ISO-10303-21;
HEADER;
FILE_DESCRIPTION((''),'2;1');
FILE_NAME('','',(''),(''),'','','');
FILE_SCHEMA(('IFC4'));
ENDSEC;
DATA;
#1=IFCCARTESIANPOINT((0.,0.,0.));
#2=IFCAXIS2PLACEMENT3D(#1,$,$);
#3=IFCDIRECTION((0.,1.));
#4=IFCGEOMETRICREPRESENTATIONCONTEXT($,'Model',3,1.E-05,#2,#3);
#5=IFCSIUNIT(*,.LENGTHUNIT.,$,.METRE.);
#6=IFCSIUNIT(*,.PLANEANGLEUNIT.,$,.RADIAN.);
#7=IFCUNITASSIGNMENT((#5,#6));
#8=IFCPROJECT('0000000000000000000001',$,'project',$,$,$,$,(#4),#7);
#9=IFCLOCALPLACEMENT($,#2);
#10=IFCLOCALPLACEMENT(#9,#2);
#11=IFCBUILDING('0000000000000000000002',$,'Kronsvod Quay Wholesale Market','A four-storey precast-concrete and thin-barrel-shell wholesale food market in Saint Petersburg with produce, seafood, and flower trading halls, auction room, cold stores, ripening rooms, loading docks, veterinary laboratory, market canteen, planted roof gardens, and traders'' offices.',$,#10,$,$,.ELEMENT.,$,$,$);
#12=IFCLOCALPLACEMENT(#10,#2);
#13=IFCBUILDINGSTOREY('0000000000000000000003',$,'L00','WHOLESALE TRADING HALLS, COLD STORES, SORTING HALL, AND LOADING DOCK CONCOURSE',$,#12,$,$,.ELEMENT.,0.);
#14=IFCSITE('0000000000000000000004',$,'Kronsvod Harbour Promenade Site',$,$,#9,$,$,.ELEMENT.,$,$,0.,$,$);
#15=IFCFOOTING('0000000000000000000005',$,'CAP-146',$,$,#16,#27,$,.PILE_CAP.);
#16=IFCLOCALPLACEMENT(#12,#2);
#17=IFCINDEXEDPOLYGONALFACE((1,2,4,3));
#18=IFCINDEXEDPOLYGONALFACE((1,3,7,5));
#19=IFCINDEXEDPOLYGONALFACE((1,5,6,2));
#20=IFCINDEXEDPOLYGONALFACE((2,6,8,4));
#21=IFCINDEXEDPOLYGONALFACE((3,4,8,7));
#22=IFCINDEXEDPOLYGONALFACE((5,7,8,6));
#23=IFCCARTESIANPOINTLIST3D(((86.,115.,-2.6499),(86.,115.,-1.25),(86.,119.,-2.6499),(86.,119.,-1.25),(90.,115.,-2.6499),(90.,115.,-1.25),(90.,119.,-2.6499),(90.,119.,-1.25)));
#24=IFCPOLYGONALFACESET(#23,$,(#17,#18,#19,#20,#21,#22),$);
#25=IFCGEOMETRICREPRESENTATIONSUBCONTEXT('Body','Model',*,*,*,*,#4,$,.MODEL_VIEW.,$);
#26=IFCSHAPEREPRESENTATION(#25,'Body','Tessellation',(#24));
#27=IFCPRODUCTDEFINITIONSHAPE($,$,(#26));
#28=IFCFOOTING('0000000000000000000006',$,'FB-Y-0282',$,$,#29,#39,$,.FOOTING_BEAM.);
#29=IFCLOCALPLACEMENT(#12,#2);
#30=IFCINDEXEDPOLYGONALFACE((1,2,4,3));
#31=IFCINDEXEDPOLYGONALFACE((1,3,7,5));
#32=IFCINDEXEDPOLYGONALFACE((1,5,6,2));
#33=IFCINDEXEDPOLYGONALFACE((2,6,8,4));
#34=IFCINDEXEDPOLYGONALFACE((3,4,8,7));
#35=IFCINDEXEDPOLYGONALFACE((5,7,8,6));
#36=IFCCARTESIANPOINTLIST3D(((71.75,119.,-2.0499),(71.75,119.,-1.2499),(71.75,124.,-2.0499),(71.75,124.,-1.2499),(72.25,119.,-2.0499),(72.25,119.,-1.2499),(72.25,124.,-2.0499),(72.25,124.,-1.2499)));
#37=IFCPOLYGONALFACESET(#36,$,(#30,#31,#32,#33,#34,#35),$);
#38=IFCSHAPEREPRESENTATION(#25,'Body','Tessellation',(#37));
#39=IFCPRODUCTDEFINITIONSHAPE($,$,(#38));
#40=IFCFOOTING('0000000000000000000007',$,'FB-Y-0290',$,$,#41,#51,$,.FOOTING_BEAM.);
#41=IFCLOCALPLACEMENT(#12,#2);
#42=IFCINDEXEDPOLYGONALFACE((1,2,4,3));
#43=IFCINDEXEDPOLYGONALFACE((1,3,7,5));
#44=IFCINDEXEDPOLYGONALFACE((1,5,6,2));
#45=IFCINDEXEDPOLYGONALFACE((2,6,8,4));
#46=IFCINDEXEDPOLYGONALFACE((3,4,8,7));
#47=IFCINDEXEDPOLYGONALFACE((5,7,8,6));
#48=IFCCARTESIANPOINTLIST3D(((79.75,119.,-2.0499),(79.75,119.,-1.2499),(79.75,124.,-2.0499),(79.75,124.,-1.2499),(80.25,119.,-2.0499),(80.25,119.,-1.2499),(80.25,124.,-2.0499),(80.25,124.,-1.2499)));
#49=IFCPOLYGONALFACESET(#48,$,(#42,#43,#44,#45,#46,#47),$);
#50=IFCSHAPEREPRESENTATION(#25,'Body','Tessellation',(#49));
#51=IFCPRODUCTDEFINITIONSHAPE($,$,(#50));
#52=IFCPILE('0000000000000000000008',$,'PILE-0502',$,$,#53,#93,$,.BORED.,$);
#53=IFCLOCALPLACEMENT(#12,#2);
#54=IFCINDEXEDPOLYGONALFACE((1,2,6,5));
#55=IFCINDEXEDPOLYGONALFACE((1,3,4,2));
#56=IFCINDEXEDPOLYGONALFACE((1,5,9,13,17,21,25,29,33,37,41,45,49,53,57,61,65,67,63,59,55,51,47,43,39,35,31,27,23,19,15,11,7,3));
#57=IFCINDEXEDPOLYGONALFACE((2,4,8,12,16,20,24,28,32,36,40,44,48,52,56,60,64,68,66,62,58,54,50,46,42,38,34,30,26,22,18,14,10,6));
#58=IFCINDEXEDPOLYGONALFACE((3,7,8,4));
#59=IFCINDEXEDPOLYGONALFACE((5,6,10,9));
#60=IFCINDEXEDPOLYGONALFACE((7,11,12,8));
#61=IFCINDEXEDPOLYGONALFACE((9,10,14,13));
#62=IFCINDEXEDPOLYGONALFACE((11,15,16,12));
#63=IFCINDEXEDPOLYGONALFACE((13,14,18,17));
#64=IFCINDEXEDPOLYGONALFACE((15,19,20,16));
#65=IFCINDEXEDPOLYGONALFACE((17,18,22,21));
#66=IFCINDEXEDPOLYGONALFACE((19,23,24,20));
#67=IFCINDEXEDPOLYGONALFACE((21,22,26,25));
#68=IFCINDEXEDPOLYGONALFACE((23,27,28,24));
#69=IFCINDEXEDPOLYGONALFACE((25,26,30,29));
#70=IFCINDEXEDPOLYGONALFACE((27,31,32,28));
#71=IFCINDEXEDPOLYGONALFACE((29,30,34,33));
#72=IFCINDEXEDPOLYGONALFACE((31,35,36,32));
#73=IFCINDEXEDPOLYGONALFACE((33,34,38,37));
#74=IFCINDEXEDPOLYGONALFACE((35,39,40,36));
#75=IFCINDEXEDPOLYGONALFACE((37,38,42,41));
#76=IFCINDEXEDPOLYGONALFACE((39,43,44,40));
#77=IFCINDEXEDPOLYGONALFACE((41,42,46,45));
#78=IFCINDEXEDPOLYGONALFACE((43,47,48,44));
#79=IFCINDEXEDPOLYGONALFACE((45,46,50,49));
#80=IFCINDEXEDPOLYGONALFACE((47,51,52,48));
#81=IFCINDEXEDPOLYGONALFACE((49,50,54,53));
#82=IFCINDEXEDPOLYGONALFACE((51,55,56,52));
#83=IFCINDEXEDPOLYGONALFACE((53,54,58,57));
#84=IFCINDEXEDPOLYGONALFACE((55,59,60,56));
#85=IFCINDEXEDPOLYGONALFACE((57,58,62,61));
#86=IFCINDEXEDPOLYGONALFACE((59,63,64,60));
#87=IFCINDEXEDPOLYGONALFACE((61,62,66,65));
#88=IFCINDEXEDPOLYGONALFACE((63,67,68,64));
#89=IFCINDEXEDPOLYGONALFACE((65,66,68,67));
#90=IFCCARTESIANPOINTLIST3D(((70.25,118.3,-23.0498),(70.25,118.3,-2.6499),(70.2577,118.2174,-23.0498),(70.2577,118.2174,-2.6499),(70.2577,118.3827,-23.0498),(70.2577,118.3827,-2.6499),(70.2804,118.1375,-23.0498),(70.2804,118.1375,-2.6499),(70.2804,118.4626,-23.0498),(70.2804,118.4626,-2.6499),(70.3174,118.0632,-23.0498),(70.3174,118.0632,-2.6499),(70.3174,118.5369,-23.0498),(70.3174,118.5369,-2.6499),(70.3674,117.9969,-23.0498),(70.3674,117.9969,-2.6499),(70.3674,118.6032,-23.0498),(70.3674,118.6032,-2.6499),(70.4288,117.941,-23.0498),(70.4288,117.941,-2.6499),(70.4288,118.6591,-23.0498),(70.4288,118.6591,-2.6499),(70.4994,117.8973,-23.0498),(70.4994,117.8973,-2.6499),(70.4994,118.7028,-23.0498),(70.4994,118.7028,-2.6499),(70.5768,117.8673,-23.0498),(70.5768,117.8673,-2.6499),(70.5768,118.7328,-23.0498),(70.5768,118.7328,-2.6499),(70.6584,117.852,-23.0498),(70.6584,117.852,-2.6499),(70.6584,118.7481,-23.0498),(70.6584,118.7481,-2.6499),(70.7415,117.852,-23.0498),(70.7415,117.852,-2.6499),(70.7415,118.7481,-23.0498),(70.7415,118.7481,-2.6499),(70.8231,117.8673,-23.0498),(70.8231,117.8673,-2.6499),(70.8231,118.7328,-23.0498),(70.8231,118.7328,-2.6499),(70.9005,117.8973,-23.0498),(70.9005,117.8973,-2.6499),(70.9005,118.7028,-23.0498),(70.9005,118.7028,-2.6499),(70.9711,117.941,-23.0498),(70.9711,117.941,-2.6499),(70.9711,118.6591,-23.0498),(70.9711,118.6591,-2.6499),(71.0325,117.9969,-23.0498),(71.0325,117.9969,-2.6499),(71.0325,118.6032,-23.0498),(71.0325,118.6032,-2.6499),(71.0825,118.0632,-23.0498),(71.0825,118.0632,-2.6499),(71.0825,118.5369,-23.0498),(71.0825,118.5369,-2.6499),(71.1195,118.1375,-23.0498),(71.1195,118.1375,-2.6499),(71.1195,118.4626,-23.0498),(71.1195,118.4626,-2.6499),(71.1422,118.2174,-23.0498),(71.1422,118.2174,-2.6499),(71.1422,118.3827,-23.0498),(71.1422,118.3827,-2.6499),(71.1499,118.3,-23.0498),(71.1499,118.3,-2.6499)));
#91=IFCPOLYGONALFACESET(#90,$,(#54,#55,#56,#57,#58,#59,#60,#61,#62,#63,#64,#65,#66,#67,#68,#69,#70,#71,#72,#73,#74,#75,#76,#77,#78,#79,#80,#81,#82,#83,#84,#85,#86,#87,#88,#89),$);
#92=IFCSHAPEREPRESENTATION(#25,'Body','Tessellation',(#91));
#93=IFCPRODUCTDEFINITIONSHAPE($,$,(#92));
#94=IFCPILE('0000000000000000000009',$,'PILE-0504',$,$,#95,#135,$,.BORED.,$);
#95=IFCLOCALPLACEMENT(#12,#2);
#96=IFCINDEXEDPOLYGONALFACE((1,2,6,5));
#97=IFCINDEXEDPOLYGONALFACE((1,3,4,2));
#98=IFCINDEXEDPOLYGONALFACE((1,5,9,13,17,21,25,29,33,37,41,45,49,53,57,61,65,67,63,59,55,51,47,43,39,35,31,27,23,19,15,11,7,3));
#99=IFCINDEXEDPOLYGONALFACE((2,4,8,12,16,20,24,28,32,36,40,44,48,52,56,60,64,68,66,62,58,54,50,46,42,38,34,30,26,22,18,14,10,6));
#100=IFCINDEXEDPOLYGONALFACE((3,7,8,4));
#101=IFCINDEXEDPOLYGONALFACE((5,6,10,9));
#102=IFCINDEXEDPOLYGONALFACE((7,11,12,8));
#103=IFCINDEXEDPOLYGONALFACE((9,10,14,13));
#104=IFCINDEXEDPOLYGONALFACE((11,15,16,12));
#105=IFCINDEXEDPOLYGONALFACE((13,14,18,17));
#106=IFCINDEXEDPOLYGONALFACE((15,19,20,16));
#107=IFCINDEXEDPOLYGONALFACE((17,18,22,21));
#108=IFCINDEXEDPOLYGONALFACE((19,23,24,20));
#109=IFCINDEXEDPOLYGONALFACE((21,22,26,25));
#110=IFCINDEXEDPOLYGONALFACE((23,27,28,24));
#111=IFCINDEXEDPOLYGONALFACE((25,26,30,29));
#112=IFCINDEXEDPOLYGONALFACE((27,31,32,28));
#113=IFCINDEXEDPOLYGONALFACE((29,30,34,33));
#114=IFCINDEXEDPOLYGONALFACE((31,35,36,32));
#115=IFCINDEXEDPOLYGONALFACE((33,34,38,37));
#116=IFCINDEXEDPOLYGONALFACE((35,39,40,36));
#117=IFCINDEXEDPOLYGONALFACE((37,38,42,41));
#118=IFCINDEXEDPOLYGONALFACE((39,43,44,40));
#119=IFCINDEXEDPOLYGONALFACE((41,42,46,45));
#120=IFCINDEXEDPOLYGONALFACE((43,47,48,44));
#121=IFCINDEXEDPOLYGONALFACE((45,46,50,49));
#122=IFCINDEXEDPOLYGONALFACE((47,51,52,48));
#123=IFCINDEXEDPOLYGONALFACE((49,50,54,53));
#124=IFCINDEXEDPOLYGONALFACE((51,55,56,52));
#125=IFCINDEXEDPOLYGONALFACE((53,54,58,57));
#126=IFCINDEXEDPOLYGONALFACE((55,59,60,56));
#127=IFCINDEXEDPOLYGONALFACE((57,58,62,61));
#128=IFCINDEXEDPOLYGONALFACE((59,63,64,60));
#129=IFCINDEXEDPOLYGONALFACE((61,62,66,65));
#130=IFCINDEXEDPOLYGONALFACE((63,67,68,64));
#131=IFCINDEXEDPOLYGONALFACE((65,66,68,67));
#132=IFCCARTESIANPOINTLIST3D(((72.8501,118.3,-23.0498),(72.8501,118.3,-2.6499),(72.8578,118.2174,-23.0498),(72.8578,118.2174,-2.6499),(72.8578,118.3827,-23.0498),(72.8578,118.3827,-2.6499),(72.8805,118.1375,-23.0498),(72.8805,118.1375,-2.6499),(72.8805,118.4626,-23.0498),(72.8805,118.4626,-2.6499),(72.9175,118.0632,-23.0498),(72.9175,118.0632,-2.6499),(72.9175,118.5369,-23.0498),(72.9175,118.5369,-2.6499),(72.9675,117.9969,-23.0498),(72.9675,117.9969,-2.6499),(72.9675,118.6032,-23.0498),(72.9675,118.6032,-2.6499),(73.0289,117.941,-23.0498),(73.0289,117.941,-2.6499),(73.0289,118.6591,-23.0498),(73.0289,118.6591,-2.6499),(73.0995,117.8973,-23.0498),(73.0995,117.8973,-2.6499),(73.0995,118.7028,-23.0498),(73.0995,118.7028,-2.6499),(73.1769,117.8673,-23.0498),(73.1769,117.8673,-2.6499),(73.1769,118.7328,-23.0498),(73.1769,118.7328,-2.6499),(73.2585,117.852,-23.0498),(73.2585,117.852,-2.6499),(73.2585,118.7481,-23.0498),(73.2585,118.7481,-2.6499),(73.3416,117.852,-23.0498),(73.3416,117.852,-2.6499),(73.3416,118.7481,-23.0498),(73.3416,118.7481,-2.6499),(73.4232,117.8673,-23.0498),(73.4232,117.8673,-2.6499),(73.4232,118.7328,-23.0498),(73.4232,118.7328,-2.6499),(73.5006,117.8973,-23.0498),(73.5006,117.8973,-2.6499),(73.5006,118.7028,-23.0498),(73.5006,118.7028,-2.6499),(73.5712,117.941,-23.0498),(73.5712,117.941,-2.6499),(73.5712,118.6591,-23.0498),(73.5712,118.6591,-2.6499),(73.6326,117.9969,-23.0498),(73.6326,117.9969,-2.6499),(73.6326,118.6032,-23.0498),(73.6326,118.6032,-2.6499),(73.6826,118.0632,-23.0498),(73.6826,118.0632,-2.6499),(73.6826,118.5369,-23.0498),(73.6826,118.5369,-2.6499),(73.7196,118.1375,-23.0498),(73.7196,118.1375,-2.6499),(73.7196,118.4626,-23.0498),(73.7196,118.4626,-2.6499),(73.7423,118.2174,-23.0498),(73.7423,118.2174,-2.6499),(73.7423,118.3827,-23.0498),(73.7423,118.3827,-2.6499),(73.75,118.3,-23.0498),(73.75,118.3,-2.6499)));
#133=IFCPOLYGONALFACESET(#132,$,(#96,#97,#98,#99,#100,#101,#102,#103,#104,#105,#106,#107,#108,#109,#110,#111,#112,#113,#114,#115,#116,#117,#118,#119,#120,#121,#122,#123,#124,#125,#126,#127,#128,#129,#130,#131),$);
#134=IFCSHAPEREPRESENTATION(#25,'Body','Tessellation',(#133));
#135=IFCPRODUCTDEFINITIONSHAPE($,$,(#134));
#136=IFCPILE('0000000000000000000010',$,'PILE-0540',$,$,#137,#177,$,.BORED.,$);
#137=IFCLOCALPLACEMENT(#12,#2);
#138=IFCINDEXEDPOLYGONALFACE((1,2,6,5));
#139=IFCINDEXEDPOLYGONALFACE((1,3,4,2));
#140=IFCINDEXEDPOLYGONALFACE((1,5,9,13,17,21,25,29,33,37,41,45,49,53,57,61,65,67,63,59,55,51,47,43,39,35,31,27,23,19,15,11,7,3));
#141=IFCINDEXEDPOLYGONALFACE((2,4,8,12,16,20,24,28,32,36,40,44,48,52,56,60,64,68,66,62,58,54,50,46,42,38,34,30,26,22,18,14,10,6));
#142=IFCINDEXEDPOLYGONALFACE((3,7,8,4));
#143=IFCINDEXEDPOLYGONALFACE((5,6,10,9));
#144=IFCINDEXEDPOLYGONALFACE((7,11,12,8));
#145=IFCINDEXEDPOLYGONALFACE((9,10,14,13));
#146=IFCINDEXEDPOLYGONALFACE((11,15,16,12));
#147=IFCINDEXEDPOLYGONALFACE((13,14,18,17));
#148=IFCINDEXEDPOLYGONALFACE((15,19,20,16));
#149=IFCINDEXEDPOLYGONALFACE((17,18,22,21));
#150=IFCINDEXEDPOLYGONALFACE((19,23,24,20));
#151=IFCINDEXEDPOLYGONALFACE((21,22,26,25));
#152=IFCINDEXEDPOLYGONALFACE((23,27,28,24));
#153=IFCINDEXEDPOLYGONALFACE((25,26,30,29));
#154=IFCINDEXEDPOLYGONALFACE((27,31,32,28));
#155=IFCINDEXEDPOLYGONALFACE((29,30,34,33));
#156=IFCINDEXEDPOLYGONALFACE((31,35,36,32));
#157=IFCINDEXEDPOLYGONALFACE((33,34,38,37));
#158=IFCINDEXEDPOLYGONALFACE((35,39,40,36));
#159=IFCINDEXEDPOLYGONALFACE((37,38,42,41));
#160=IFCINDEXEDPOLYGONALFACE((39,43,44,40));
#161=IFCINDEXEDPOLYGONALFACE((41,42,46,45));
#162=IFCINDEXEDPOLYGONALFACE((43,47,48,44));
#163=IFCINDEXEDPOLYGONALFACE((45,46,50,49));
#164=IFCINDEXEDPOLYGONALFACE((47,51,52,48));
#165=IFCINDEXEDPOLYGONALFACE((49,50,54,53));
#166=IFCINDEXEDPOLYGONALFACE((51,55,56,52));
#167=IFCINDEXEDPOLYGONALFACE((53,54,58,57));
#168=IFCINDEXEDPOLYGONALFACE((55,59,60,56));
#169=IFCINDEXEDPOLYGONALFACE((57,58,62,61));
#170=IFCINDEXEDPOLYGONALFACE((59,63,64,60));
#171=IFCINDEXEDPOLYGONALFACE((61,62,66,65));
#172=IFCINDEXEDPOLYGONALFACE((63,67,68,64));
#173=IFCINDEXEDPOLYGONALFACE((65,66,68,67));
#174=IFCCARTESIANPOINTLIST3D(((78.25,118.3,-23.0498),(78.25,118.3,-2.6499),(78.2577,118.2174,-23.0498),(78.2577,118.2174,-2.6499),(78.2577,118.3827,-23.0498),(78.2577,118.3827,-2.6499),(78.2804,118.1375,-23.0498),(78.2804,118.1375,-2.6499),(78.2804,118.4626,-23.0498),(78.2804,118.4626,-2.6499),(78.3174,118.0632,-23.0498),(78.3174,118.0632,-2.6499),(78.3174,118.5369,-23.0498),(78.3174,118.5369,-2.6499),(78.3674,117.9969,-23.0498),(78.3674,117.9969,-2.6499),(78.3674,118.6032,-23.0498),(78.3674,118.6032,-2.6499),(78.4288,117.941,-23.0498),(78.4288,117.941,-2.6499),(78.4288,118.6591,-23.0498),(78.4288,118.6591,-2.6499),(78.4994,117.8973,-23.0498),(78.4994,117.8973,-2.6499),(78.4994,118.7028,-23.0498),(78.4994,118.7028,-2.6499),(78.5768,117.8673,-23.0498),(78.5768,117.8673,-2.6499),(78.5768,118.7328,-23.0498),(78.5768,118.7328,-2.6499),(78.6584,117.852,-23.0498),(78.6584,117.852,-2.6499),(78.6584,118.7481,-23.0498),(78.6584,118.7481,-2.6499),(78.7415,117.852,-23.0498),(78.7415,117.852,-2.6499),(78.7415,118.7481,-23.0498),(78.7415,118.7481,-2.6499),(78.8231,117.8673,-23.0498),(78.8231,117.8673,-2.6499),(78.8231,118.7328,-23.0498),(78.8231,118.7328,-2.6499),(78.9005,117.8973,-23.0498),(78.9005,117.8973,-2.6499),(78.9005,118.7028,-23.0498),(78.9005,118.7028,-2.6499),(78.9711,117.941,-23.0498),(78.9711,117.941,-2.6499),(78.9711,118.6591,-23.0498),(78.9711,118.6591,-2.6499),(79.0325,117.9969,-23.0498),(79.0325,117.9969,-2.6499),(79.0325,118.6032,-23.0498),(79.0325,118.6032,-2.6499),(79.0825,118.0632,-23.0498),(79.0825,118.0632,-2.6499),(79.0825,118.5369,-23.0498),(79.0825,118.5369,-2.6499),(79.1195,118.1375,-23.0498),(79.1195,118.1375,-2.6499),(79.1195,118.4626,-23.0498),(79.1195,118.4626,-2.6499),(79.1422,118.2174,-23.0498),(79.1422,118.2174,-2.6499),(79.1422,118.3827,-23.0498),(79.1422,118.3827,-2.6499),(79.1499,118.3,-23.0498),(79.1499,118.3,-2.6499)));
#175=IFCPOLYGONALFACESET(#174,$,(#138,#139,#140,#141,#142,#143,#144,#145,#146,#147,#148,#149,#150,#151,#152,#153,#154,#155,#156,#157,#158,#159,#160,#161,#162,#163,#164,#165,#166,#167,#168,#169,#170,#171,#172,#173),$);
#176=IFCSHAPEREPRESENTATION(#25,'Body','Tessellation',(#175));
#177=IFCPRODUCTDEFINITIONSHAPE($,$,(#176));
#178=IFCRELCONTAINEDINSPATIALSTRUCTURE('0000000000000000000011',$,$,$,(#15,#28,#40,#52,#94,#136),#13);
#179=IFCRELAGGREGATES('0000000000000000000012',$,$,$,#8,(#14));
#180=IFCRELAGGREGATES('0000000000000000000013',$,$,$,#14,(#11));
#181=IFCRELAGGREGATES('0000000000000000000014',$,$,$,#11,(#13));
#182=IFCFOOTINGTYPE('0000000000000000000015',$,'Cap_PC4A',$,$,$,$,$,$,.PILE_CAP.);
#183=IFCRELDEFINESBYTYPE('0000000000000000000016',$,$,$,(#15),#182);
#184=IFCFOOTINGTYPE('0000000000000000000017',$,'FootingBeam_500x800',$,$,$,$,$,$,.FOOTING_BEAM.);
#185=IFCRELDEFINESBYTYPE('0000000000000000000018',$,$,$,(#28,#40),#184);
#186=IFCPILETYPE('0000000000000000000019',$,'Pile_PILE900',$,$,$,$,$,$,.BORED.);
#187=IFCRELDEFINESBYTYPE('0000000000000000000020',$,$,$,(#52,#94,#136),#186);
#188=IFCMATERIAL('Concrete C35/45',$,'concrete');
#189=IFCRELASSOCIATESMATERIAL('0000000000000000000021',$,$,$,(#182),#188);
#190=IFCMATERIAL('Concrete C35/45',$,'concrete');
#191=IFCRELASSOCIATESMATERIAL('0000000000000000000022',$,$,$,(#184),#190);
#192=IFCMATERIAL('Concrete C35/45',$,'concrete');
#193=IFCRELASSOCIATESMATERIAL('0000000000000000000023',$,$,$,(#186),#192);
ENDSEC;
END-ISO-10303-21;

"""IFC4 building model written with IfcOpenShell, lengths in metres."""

from ifc_helpers import new_model, si_unit, direction, frame, origin, origin_2d, place, context, subcontext, project, spatial, rectangle, circle, extrude, material, material_profile, profile_set, type_object, element, save


model = new_model("IFC4")

# Units and contexts
model_context = context("Model", 3, precision=1e-05, world=origin(), true_north=direction((0.0, 1.0)))
body_context = subcontext(model_context, "Body", "Model", "MODEL_VIEW")
ifc_project = project(units=[si_unit("LENGTHUNIT", "METRE"), si_unit("PLANEANGLEUNIT", "RADIAN")], contexts=[model_context])

# Site, building, storey
site_placement = place(None, origin())
site = spatial("IfcSite", under=ifc_project, at=site_placement, Name="Kronsvod Harbour Promenade Site", CompositionType="ELEMENT", RefElevation=0.0)
building_placement = place(site_placement, origin())
building = spatial("IfcBuilding", under=site, at=building_placement, Name="Kronsvod Quay Wholesale Market", Description="A four-storey precast-concrete and thin-barrel-shell wholesale food market in Saint Petersburg with produce, seafood, and flower trading halls, auction room, cold stores, ripening rooms, loading docks, veterinary laboratory, market canteen, planted roof gardens, and traders' offices.", CompositionType="ELEMENT")
storey_placement = place(building_placement, origin())
storey = spatial("IfcBuildingStorey", under=building, at=storey_placement, Name="L00", Description="WHOLESALE TRADING HALLS, COLD STORES, SORTING HALL, AND LOADING DOCK CONCOURSE", CompositionType="ELEMENT", Elevation=0.0)

# Footings
ifc_material_1 = material(Name="Concrete C35/45", Category="concrete")
footing_type_1 = type_object("IfcFootingType", Name="Cap_PC4A", PredefinedType="PILE_CAP", material=ifc_material_1)
footing_placement = place(storey_placement, frame((88.0, 117.0, -2.6499), z_axis=(0.0, 0.0, 1.0), x_axis=(1.0, 0.0, 0.0)))
element("IfcFooting", 1, at=footing_placement, inside=storey, type_object=footing_type_1, Name="CAP-146", PredefinedType="PILE_CAP", context=body_context, shape_type="SweptSolid", body=[
    extrude(rectangle(XDim=4.0, YDim=4.0, at=origin_2d()), origin(), (0.0, 0.0, 1.0), 1.3999),
])
ifc_material_2 = material(Name="Concrete C35/45", Category="concrete")
ifc_material_profile_1 = material_profile(ifc_material_2, rectangle(XDim=0.5, YDim=0.8, at=origin_2d()), Name="FB-01")
ifc_profile_set_1 = profile_set([ifc_material_profile_1], Name="Concrete C35/45")
footing_type_2 = type_object("IfcFootingType", Name="FootingBeam_500x800", PredefinedType="FOOTING_BEAM", material=ifc_profile_set_1)
for number, where, z_axis, x_axis, name in (
    (2, (72.0, 119.0, -1.6499), (0.0, 1.0, 0.0), (-1.0, 0.0, 0.0), "FB-Y-0282"),
    (3, (80.0, 119.0, -1.6499), (0.0, 1.0, 0.0), (-1.0, 0.0, 0.0), "FB-Y-0290"),
):
    element("IfcFooting", number, at=place(storey_placement, frame(where, z_axis=z_axis, x_axis=x_axis)), inside=storey, type_object=footing_type_2, Name=name, PredefinedType="FOOTING_BEAM", context=body_context, shape_type="SweptSolid", body=[
        extrude(rectangle(XDim=0.5, YDim=0.8, at=origin_2d()), origin(), (0.0, 0.0, 1.0), 5.0),
    ])

# Piles
ifc_material_3 = material(Name="Concrete C35/45", Category="concrete")
ifc_material_profile_2 = material_profile(ifc_material_3, circle(Radius=0.45, at=origin_2d()), Name="PILE900")
ifc_profile_set_2 = profile_set([ifc_material_profile_2], Name="Concrete C35/45")
pile_type = type_object("IfcPileType", Name="Pile_PILE900", PredefinedType="BORED", material=ifc_profile_set_2)
for number, where, z_axis, x_axis, name in (
    (4, (70.7, 118.3, -2.6499), (0.0, 0.0, -1.0), (1.0, 0.0, 0.0), "PILE-0502"),
    (5, (73.3, 118.3, -2.6499), (0.0, 0.0, -1.0), (1.0, 0.0, 0.0), "PILE-0504"),
    (6, (78.7, 118.3, -2.6499), (0.0, 0.0, -1.0), (1.0, 0.0, 0.0), "PILE-0540"),
):
    element("IfcPile", number, at=place(storey_placement, frame(where, z_axis=z_axis, x_axis=x_axis)), inside=storey, type_object=pile_type, Name=name, PredefinedType="BORED", context=body_context, shape_type="SweptSolid", body=[
        extrude(circle(Radius=0.45, at=origin_2d()), origin(), (0.0, 0.0, 1.0), 20.3999),
    ])

save(model, "model.ifc")
